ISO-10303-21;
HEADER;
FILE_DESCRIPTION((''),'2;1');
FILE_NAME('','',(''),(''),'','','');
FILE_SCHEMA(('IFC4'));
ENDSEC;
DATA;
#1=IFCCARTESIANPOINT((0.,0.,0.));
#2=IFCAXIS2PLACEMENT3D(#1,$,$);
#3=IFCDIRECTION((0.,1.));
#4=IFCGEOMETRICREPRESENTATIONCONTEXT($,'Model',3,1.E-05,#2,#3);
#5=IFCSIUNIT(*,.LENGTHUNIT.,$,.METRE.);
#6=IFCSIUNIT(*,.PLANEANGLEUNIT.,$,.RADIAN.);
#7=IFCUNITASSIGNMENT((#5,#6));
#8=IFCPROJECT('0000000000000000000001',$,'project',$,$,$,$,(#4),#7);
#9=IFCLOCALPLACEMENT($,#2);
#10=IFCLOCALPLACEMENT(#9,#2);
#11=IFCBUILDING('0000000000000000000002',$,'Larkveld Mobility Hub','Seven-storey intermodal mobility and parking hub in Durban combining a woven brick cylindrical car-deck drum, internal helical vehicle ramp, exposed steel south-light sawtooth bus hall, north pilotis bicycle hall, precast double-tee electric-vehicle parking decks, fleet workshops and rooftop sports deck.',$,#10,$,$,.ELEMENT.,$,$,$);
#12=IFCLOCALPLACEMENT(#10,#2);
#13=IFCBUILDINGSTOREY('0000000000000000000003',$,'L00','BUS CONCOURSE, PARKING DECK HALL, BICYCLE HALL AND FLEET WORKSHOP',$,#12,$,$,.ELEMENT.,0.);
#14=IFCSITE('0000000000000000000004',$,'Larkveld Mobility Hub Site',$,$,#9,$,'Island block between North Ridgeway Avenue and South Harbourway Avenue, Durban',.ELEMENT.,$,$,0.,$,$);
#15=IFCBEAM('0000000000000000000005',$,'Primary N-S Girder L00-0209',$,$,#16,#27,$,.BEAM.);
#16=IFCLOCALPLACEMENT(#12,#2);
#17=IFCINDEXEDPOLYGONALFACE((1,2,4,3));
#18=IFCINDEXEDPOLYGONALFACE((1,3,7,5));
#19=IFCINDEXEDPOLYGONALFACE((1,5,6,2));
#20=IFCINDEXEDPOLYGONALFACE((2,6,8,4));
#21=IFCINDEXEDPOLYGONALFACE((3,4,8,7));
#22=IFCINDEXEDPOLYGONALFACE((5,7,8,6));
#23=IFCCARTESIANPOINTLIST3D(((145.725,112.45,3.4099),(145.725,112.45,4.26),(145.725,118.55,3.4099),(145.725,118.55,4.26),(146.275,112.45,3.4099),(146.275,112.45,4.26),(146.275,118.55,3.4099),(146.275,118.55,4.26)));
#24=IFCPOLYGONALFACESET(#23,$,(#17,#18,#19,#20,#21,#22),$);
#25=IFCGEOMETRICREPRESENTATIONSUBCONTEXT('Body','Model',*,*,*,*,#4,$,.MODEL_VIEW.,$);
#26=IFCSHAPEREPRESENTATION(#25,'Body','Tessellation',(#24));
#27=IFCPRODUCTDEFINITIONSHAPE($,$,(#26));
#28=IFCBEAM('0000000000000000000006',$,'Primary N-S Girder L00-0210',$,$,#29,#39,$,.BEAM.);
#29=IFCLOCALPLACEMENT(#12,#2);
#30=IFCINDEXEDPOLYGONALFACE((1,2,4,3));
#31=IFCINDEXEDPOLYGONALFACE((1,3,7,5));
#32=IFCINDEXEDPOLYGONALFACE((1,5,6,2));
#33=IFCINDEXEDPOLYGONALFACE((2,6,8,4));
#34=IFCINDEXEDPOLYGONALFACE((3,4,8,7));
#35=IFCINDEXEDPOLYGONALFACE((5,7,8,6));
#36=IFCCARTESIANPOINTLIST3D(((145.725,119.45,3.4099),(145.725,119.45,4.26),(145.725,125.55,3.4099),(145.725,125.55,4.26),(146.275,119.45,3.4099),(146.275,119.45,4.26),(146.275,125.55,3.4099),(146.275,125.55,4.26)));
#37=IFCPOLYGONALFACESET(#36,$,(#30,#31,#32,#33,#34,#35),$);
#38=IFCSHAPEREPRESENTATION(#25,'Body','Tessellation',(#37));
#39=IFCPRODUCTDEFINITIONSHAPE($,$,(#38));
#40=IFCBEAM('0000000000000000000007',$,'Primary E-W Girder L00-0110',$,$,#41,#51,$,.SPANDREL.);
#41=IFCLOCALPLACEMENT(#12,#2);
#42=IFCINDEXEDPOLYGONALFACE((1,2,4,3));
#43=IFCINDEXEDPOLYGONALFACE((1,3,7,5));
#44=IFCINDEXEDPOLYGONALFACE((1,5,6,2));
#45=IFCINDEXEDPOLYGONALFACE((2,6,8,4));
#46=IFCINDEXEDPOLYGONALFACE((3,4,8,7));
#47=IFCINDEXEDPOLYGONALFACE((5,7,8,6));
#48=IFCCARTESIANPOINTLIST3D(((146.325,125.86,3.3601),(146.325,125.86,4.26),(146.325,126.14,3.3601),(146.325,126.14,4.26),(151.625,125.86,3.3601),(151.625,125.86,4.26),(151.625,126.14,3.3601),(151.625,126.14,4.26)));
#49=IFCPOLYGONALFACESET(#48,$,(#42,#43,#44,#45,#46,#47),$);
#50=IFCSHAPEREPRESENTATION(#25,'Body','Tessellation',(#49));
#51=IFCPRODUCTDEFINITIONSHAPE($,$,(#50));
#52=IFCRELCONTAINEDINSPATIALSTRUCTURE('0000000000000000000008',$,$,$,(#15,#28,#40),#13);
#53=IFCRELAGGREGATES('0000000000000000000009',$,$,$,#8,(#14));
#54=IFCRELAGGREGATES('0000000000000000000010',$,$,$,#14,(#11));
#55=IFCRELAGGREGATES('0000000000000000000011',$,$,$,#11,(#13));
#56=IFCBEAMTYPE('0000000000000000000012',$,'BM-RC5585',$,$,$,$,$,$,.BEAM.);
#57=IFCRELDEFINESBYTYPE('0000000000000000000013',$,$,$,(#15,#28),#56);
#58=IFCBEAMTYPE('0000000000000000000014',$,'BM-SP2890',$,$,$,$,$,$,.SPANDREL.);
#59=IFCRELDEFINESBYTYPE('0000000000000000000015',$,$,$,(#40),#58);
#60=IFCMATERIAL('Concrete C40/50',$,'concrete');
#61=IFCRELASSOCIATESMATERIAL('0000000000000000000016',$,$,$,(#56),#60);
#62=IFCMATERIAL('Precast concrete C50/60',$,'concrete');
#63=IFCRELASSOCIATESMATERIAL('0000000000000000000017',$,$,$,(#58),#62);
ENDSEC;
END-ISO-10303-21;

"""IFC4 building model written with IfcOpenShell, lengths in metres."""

from ifc_helpers import new_model, si_unit, direction, frame, origin, origin_2d, place, context, subcontext, project, spatial, rectangle, extrude, material, material_profile, profile_set, type_object, element, save


model = new_model("IFC4")

# Units and contexts
model_context = context("Model", 3, precision=1e-05, world=origin(), true_north=direction((0.0, 1.0)))
body_context = subcontext(model_context, "Body", "Model", "MODEL_VIEW")
ifc_project = project(units=[si_unit("LENGTHUNIT", "METRE"), si_unit("PLANEANGLEUNIT", "RADIAN")], contexts=[model_context])

# Site, building, storey
site_placement = place(None, origin())
site = spatial("IfcSite", under=ifc_project, at=site_placement, Name="Larkveld Mobility Hub Site", LongName="Island block between North Ridgeway Avenue and South Harbourway Avenue, Durban", CompositionType="ELEMENT", RefElevation=0.0)
building_placement = place(site_placement, origin())
building = spatial("IfcBuilding", under=site, at=building_placement, Name="Larkveld Mobility Hub", Description="Seven-storey intermodal mobility and parking hub in Durban combining a woven brick cylindrical car-deck drum, internal helical vehicle ramp, exposed steel south-light sawtooth bus hall, north pilotis bicycle hall, precast double-tee electric-vehicle parking decks, fleet workshops and rooftop sports deck.", CompositionType="ELEMENT")
storey_placement = place(building_placement, origin())
storey = spatial("IfcBuildingStorey", under=building, at=storey_placement, Name="L00", Description="BUS CONCOURSE, PARKING DECK HALL, BICYCLE HALL AND FLEET WORKSHOP", CompositionType="ELEMENT", Elevation=0.0)

# Shared definitions
ifc_material_1 = material(Name="Precast concrete C50/60", Category="concrete")

# Beams
ifc_material_2 = material(Name="Concrete C40/50", Category="concrete")
ifc_material_profile_1 = material_profile(ifc_material_2, rectangle(XDim=0.55, YDim=0.8501, at=origin_2d()), Name="RC BM 550x850")
ifc_profile_set_1 = profile_set([ifc_material_profile_1], Name="Concrete C40/50")
beam_type_1 = type_object("IfcBeamType", Name="BM-RC5585", PredefinedType="BEAM", material=ifc_profile_set_1)
for number, where, z_axis, x_axis, name in (
    (1, (146.0, 112.45, 3.835), (0.0, 1.0, 0.0), (-1.0, 0.0, 0.0), "Primary N-S Girder L00-0209"),
    (2, (146.0, 119.45, 3.835), (0.0, 1.0, 0.0), (-1.0, 0.0, 0.0), "Primary N-S Girder L00-0210"),
):
    element("IfcBeam", number, at=place(storey_placement, frame(where, z_axis=z_axis, x_axis=x_axis)), inside=storey, type_object=beam_type_1, Name=name, PredefinedType="BEAM", context=body_context, shape_type="SweptSolid", body=[
        extrude(rectangle(XDim=0.55, YDim=0.8501, at=origin_2d()), origin(), (0.0, 0.0, 1.0), 6.1001),
    ])
ifc_material_profile_2 = material_profile(ifc_material_1, rectangle(XDim=0.28, YDim=0.8999, at=origin_2d()), Name="PC SP 280x900")
ifc_profile_set_2 = profile_set([ifc_material_profile_2], Name="Precast concrete C50/60")
beam_type_2 = type_object("IfcBeamType", Name="BM-SP2890", PredefinedType="SPANDREL", material=ifc_profile_set_2)
beam_1_placement = place(storey_placement, frame((146.325, 126.0, 3.8101), z_axis=(1.0, 0.0, 0.0), x_axis=(0.0, 1.0, 0.0)))
element("IfcBeam", 3, at=beam_1_placement, inside=storey, type_object=beam_type_2, Name="Primary E-W Girder L00-0110", PredefinedType="SPANDREL", context=body_context, shape_type="SweptSolid", body=[
    extrude(rectangle(XDim=0.28, YDim=0.8999, at=origin_2d()), origin(), (0.0, 0.0, 1.0), 5.3),
])

save(model, "model.ifc")
